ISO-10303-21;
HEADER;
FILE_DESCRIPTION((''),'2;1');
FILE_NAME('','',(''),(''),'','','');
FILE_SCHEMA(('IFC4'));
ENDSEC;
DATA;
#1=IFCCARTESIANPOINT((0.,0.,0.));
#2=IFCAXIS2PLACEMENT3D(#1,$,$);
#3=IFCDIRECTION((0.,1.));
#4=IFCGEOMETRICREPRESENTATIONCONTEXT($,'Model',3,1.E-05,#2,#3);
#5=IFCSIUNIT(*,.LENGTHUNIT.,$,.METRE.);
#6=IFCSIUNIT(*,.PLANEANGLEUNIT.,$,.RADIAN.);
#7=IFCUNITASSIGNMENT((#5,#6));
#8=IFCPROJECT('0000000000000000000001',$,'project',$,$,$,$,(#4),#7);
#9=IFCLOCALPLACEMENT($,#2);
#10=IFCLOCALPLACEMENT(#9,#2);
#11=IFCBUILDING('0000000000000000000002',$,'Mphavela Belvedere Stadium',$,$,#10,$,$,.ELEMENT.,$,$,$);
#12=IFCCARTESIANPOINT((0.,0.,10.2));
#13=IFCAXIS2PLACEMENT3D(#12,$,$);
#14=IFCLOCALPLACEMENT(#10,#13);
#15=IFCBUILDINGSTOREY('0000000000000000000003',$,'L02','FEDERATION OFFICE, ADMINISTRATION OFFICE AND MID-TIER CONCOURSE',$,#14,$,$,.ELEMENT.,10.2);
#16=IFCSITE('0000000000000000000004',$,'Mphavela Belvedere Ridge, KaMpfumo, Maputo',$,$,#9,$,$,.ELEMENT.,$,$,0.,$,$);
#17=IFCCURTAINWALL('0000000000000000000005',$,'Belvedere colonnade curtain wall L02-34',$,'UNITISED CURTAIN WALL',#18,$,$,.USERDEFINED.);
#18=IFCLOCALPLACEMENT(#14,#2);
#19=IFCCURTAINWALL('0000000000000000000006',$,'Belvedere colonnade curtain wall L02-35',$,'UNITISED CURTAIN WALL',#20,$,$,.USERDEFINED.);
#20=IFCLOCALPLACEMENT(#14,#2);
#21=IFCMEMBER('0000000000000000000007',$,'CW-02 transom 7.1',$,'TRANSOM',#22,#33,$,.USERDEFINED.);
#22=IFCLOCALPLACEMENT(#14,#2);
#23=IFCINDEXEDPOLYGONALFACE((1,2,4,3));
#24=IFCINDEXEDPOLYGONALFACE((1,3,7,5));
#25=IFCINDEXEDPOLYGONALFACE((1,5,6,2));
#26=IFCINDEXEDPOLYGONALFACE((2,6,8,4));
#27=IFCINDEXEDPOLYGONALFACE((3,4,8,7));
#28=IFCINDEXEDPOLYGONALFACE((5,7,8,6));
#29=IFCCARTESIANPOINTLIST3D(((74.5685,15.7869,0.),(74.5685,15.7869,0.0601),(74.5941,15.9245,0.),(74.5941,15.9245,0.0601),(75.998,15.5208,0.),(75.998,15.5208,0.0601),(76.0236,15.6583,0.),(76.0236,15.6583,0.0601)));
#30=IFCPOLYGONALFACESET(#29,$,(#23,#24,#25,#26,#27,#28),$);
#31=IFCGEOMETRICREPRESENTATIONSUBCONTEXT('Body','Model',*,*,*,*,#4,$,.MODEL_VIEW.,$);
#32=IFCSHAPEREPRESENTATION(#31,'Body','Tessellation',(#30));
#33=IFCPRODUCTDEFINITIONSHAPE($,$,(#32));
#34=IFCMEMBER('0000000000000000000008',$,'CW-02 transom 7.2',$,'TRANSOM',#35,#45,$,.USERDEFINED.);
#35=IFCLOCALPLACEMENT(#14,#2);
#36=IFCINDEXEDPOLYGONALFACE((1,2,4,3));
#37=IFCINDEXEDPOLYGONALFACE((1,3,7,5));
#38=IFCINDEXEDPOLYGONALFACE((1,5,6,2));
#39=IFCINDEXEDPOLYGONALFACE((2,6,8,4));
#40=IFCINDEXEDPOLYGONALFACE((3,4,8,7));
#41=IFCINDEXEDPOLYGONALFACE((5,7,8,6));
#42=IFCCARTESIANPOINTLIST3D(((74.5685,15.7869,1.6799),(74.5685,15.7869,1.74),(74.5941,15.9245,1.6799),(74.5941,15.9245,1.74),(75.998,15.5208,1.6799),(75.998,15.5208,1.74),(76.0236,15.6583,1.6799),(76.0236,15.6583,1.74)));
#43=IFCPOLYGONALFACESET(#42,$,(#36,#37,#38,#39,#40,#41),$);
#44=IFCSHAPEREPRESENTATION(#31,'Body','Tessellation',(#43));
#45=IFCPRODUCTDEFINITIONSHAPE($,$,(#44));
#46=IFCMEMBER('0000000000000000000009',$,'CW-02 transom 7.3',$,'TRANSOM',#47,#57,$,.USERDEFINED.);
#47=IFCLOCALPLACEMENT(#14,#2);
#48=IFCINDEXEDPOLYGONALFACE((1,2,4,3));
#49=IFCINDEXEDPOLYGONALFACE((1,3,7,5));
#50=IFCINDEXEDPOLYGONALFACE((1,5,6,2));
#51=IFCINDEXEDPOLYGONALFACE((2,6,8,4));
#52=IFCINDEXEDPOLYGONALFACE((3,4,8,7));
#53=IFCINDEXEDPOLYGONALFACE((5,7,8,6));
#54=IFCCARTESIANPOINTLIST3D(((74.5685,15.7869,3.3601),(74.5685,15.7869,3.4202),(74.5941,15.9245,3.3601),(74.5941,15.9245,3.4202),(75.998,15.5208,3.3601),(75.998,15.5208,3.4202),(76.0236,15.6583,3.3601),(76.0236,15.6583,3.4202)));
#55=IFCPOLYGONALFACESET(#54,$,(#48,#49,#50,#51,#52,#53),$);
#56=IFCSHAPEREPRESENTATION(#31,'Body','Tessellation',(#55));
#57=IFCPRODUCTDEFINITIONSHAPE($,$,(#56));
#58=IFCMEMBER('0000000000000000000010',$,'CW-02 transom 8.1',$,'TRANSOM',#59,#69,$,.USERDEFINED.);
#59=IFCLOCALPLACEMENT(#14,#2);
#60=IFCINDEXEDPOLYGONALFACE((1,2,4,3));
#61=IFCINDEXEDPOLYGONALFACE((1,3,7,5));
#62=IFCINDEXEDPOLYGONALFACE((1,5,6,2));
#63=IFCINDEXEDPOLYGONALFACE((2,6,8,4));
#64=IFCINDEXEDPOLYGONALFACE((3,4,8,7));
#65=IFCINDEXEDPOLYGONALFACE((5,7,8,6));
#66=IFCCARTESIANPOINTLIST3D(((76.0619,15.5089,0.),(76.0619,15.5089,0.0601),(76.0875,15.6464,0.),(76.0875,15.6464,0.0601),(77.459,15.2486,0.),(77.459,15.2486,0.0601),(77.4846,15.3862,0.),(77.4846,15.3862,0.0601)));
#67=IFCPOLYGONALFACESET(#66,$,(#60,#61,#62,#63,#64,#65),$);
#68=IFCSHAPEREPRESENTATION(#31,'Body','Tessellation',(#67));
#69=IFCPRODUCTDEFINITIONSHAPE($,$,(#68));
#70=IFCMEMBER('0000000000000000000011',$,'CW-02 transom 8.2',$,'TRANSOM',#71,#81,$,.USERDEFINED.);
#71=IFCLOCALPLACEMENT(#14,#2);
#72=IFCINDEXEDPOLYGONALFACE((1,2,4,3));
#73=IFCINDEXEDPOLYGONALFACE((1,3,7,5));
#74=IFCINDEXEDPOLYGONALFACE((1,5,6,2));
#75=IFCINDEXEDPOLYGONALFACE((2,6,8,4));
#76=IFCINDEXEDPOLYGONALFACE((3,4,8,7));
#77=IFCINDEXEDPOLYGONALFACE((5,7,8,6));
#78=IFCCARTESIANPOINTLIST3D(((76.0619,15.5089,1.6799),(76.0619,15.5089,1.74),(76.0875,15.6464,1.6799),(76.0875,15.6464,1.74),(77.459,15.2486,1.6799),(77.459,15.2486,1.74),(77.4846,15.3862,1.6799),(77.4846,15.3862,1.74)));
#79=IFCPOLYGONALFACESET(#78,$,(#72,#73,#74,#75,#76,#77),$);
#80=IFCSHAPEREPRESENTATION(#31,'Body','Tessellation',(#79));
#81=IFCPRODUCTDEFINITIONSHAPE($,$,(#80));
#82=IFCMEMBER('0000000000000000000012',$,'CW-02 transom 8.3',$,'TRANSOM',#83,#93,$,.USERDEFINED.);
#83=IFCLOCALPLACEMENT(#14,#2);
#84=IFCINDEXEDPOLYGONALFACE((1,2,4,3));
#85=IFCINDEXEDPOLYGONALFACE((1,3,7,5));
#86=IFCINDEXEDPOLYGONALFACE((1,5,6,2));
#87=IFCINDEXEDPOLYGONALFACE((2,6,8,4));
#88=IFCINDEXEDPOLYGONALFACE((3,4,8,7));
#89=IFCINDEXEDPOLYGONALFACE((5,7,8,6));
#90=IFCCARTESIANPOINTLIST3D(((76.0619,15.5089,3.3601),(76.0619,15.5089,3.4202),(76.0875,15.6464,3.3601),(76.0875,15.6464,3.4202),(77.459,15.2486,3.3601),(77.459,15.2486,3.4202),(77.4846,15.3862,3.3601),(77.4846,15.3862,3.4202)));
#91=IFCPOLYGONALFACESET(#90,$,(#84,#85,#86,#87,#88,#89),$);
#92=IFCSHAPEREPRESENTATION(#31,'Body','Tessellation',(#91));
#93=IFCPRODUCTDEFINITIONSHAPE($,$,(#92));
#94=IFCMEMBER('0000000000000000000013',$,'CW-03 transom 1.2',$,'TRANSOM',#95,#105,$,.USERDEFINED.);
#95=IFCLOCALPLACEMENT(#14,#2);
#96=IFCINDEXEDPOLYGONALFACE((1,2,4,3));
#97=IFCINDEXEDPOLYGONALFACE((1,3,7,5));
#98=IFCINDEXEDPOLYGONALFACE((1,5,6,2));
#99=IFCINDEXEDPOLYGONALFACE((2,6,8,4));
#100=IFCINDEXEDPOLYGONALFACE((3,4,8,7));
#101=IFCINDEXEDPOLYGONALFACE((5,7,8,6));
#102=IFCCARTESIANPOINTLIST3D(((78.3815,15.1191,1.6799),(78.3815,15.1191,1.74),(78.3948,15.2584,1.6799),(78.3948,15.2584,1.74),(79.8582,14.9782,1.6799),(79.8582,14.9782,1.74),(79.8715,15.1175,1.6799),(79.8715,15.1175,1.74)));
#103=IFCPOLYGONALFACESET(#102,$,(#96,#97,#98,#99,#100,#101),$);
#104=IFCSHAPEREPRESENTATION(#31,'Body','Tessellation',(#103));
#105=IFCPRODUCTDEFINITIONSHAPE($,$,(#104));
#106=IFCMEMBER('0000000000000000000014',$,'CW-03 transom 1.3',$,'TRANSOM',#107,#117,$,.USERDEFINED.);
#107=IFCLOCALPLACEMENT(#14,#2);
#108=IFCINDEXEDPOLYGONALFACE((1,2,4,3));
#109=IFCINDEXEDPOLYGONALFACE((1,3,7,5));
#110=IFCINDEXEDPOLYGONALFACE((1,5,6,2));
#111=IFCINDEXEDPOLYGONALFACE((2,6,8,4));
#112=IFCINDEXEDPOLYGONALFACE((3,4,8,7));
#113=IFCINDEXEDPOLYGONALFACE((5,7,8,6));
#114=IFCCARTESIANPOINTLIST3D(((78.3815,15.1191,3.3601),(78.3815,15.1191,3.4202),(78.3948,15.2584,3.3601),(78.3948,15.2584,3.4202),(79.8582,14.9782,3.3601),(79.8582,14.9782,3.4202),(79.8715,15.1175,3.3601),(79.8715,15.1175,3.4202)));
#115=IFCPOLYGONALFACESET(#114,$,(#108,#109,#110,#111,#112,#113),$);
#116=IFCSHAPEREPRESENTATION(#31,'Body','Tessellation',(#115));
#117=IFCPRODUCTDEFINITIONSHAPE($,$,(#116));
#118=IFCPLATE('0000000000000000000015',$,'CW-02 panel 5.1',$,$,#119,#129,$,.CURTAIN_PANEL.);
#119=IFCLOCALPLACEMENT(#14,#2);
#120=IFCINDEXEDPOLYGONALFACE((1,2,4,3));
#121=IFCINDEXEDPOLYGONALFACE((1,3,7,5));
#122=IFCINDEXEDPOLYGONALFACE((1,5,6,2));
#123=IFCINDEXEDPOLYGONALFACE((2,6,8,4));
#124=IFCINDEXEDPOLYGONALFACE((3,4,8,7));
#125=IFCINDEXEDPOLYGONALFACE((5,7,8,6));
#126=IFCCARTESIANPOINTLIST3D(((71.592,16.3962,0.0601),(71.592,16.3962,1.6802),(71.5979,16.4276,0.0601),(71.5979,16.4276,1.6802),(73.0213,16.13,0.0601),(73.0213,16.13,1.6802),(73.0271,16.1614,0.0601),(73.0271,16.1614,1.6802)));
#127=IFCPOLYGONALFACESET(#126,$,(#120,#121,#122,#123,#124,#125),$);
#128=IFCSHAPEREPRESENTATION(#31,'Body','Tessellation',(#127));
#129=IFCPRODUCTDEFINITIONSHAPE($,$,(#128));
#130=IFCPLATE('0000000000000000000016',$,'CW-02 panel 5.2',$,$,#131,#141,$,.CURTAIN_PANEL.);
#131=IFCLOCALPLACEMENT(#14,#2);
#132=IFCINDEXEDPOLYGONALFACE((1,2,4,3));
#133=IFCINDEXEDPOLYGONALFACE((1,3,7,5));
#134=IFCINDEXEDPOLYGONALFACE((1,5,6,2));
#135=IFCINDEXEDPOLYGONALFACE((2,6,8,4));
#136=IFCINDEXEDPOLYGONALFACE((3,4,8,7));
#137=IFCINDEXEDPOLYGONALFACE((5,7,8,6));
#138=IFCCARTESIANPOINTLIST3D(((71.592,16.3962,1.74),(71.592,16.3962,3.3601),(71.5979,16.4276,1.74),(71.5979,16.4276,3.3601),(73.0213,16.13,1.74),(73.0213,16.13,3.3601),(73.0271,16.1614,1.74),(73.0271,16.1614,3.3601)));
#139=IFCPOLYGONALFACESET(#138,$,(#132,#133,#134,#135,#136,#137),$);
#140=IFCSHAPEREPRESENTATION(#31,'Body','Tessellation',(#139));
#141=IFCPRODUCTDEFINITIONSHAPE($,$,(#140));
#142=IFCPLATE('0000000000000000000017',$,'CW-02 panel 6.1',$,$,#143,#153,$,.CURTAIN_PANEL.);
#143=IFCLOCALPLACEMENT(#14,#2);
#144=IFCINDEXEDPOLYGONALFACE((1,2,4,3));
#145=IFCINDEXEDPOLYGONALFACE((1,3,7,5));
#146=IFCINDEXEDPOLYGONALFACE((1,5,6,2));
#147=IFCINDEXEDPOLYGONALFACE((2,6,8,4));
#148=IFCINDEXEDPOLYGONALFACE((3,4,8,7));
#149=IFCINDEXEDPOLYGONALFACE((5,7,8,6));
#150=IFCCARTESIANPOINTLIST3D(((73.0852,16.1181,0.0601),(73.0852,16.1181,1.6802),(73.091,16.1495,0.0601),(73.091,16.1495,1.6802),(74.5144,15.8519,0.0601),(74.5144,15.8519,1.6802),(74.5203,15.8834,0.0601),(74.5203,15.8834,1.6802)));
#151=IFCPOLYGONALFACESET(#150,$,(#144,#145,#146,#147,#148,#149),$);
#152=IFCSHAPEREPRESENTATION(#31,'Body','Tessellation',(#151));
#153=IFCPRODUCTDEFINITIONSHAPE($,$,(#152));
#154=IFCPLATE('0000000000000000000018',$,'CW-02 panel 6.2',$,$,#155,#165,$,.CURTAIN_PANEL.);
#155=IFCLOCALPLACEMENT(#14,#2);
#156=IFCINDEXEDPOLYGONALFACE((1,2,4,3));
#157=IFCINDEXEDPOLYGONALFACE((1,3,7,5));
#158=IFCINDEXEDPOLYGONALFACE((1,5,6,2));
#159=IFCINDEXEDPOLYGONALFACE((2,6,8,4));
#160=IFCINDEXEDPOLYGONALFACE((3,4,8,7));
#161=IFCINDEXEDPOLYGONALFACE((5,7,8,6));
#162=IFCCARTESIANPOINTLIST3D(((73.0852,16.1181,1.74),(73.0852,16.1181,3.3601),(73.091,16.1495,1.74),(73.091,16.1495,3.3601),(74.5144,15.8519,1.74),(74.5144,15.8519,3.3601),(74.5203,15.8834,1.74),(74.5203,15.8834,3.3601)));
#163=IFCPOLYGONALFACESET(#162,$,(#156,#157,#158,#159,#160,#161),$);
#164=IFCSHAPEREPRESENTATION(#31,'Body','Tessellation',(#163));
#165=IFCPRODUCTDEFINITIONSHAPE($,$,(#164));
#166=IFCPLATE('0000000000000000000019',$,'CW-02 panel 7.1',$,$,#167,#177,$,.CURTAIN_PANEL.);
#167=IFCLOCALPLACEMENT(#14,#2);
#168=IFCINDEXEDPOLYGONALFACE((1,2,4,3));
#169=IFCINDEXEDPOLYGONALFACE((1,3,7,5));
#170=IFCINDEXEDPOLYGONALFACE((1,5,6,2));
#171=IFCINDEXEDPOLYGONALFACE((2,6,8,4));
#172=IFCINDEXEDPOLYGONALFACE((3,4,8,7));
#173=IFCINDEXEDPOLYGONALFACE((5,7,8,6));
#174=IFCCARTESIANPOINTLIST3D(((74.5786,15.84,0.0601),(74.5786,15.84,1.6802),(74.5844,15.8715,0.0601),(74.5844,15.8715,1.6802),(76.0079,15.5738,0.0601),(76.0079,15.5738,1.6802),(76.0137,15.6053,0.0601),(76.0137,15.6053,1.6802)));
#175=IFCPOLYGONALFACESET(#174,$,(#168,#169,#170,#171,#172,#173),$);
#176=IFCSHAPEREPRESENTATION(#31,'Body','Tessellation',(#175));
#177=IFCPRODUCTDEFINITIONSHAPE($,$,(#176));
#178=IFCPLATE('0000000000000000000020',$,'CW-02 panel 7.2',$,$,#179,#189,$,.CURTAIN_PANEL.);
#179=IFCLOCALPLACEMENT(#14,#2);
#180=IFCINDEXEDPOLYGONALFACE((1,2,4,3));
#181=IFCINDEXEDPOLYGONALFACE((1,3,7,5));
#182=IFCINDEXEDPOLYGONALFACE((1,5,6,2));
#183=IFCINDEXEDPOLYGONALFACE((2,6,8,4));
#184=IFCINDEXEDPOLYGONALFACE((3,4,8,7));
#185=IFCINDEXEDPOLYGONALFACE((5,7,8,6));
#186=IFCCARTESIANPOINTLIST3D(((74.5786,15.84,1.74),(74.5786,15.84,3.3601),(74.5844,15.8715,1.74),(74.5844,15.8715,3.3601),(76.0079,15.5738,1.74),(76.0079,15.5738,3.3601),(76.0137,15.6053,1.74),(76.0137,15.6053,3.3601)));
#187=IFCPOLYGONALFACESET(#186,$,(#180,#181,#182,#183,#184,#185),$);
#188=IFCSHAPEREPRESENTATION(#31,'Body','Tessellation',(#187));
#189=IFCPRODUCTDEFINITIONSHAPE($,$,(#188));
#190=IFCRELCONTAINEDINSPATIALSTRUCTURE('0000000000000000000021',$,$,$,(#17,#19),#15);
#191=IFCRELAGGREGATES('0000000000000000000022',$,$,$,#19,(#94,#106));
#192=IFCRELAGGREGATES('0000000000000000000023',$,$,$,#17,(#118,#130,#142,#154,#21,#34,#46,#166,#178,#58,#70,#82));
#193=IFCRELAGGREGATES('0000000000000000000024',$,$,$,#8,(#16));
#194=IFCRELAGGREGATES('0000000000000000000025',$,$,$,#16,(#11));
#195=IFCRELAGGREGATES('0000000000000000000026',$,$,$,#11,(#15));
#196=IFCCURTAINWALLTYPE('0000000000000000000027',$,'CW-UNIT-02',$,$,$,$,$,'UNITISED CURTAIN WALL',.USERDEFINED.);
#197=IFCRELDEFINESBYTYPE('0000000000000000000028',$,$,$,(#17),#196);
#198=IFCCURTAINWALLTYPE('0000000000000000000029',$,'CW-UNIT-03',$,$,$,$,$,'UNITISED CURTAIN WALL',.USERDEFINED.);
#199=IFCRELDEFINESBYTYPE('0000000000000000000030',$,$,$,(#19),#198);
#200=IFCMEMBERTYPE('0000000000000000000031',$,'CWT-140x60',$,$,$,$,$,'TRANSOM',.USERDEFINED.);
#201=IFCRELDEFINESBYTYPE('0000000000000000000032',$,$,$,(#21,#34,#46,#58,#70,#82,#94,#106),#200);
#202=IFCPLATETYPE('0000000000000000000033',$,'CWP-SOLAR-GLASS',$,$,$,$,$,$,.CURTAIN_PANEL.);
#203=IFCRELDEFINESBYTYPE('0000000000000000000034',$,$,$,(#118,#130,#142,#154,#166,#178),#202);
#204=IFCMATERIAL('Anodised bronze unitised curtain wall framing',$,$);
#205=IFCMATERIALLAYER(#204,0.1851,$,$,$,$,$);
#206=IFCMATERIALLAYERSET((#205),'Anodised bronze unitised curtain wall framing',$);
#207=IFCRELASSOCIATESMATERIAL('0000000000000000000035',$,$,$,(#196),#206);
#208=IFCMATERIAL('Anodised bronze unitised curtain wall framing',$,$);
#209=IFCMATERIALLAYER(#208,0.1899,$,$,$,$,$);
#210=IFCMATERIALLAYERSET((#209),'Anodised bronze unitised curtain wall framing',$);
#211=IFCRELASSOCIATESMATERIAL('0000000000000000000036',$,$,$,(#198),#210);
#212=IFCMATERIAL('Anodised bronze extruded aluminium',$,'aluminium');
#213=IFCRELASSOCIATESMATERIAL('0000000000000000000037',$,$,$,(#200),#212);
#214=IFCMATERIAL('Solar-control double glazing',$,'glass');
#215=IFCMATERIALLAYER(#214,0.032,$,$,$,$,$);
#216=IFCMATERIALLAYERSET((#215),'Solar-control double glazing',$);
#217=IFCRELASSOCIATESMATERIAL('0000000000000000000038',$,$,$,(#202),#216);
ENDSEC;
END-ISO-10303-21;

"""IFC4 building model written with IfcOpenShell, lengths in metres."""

from ifc_helpers import new_model, si_unit, direction, frame, origin, origin_2d, place, context, subcontext, project, spatial, rectangle, extrude, material, layer, layer_set, material_profile, profile_set, type_object, element, aggregate, save


model = new_model("IFC4")

# Units and contexts
model_context = context("Model", 3, precision=1e-05, world=origin(), true_north=direction((0.0, 1.0)))
body_context = subcontext(model_context, "Body", "Model", "MODEL_VIEW")
ifc_project = project(units=[si_unit("LENGTHUNIT", "METRE"), si_unit("PLANEANGLEUNIT", "RADIAN")], contexts=[model_context])

# Site, building, storey
site_placement = place(None, origin())
site = spatial("IfcSite", under=ifc_project, at=site_placement, Name="Mphavela Belvedere Ridge, KaMpfumo, Maputo", CompositionType="ELEMENT", RefElevation=0.0)
building_placement = place(site_placement, origin())
building = spatial("IfcBuilding", under=site, at=building_placement, Name="Mphavela Belvedere Stadium", CompositionType="ELEMENT")
storey_placement = place(building_placement, frame((0.0, 0.0, 10.2)))
storey = spatial("IfcBuildingStorey", under=building, at=storey_placement, Name="L02", Description="FEDERATION OFFICE, ADMINISTRATION OFFICE AND MID-TIER CONCOURSE", CompositionType="ELEMENT", Elevation=10.2)

# Curtain wall
ifc_material_1 = material(Name="Anodised bronze unitised curtain wall framing")
ifc_layer_1 = layer(ifc_material_1, 0.1851)
ifc_layer_set_1 = layer_set([ifc_layer_1], Name="Anodised bronze unitised curtain wall framing")
curtain_wall_type_1 = type_object("IfcCurtainWallType", Name="CW-UNIT-02", ElementType="UNITISED CURTAIN WALL", PredefinedType="USERDEFINED", material=ifc_layer_set_1)
curtain_wall_1_placement = place(storey_placement, origin())
curtain_wall_1 = element("IfcCurtainWall", 1, at=curtain_wall_1_placement, inside=storey, type_object=curtain_wall_type_1, Name="Belvedere colonnade curtain wall L02-34", ObjectType="UNITISED CURTAIN WALL", PredefinedType="USERDEFINED")

# Curtain wall
ifc_material_2 = material(Name="Anodised bronze unitised curtain wall framing")
ifc_layer_2 = layer(ifc_material_2, 0.1899)
ifc_layer_set_2 = layer_set([ifc_layer_2], Name="Anodised bronze unitised curtain wall framing")
curtain_wall_type_2 = type_object("IfcCurtainWallType", Name="CW-UNIT-03", ElementType="UNITISED CURTAIN WALL", PredefinedType="USERDEFINED", material=ifc_layer_set_2)
curtain_wall_2_placement = place(storey_placement, origin())
curtain_wall_2 = element("IfcCurtainWall", 2, at=curtain_wall_2_placement, inside=storey, type_object=curtain_wall_type_2, Name="Belvedere colonnade curtain wall L02-35", ObjectType="UNITISED CURTAIN WALL", PredefinedType="USERDEFINED")

# Members
ifc_material_3 = material(Name="Anodised bronze extruded aluminium", Category="aluminium")
ifc_material_profile_1 = material_profile(ifc_material_3, rectangle(XDim=0.1399, YDim=0.0601, at=origin_2d()), Name="CW-TRN 140x60")
ifc_profile_set_1 = profile_set([ifc_material_profile_1], Name="Anodised bronze extruded aluminium")
member_type_1 = type_object("IfcMemberType", Name="CWT-140x60", ElementType="TRANSOM", PredefinedType="USERDEFINED", material=ifc_profile_set_1)
member_1_placement = place(storey_placement, frame((74.5813, 15.8557, 0.03), z_axis=(0.983109, -0.183021, 0.0), x_axis=(0.183021, 0.983109, 0.0)))
member_1 = element("IfcMember", 3, at=member_1_placement, type_object=member_type_1, Name="CW-02 transom 7.1", ObjectType="TRANSOM", PredefinedType="USERDEFINED", context=body_context, shape_type="SweptSolid", body=[
    extrude(rectangle(XDim=0.1399, YDim=0.0601, at=origin_2d()), origin(), (0.0, 0.0, 1.0), 1.4541),
])
member_2_placement = place(storey_placement, frame((74.5813, 15.8557, 1.71), z_axis=(0.983109, -0.183021, 0.0), x_axis=(0.183021, 0.983109, 0.0)))
member_2 = element("IfcMember", 4, at=member_2_placement, type_object=member_type_1, Name="CW-02 transom 7.2", ObjectType="TRANSOM", PredefinedType="USERDEFINED", context=body_context, shape_type="SweptSolid", body=[
    extrude(rectangle(XDim=0.1399, YDim=0.0601, at=origin_2d()), origin(), (0.0, 0.0, 1.0), 1.4541),
])
member_3_placement = place(storey_placement, frame((74.5813, 15.8557, 3.3901), z_axis=(0.983109, -0.183021, 0.0), x_axis=(0.183021, 0.983109, 0.0)))
member_3 = element("IfcMember", 5, at=member_3_placement, type_object=member_type_1, Name="CW-02 transom 7.3", ObjectType="TRANSOM", PredefinedType="USERDEFINED", context=body_context, shape_type="SweptSolid", body=[
    extrude(rectangle(XDim=0.1399, YDim=0.0601, at=origin_2d()), origin(), (0.0, 0.0, 1.0), 1.4541),
])
member_4_placement = place(storey_placement, frame((76.0747, 15.5776, 0.03), z_axis=(0.983091, -0.183116, 0.0), x_axis=(0.183116, 0.983091, 0.0)))
member_4 = element("IfcMember", 6, at=member_4_placement, type_object=member_type_1, Name="CW-02 transom 8.1", ObjectType="TRANSOM", PredefinedType="USERDEFINED", context=body_context, shape_type="SweptSolid", body=[
    extrude(rectangle(XDim=0.1399, YDim=0.0601, at=origin_2d()), origin(), (0.0, 0.0, 1.0), 1.4211),
])
member_5_placement = place(storey_placement, frame((76.0747, 15.5776, 1.71), z_axis=(0.983091, -0.183116, 0.0), x_axis=(0.183116, 0.983091, 0.0)))
member_5 = element("IfcMember", 7, at=member_5_placement, type_object=member_type_1, Name="CW-02 transom 8.2", ObjectType="TRANSOM", PredefinedType="USERDEFINED", context=body_context, shape_type="SweptSolid", body=[
    extrude(rectangle(XDim=0.1399, YDim=0.0601, at=origin_2d()), origin(), (0.0, 0.0, 1.0), 1.4211),
])
member_6_placement = place(storey_placement, frame((76.0747, 15.5776, 3.3901), z_axis=(0.983091, -0.183116, 0.0), x_axis=(0.183116, 0.983091, 0.0)))
member_6 = element("IfcMember", 8, at=member_6_placement, type_object=member_type_1, Name="CW-02 transom 8.3", ObjectType="TRANSOM", PredefinedType="USERDEFINED", context=body_context, shape_type="SweptSolid", body=[
    extrude(rectangle(XDim=0.1399, YDim=0.0601, at=origin_2d()), origin(), (0.0, 0.0, 1.0), 1.4211),
])
member_7_placement = place(storey_placement, frame((78.3882, 15.1887, 1.71), z_axis=(0.995481, -0.094957, 0.0), x_axis=(0.094957, 0.995481, 0.0)))
member_7 = element("IfcMember", 9, at=member_7_placement, type_object=member_type_1, Name="CW-03 transom 1.2", ObjectType="TRANSOM", PredefinedType="USERDEFINED", context=body_context, shape_type="SweptSolid", body=[
    extrude(rectangle(XDim=0.1399, YDim=0.0601, at=origin_2d()), origin(), (0.0, 0.0, 1.0), 1.4834),
])
member_8_placement = place(storey_placement, frame((78.3882, 15.1887, 3.3901), z_axis=(0.995481, -0.094957, 0.0), x_axis=(0.094957, 0.995481, 0.0)))
member_8 = element("IfcMember", 10, at=member_8_placement, type_object=member_type_1, Name="CW-03 transom 1.3", ObjectType="TRANSOM", PredefinedType="USERDEFINED", context=body_context, shape_type="SweptSolid", body=[
    extrude(rectangle(XDim=0.1399, YDim=0.0601, at=origin_2d()), origin(), (0.0, 0.0, 1.0), 1.4834),
])
aggregate(curtain_wall_2, [member_7, member_8])

# Plates
ifc_material_4 = material(Name="Solar-control double glazing", Category="glass")
ifc_layer_3 = layer(ifc_material_4, 0.032)
ifc_layer_set_3 = layer_set([ifc_layer_3], Name="Solar-control double glazing")
plate_type = type_object("IfcPlateType", Name="CWP-SOLAR-GLASS", PredefinedType="CURTAIN_PANEL", material=ifc_layer_set_3)
plate_1_placement = place(storey_placement, frame((72.3096, 16.2788, 0.0601), z_axis=(0.0, 0.0, 1.0), x_axis=(0.983097, -0.183085, 0.0)))
plate_1 = element("IfcPlate", 11, at=plate_1_placement, type_object=plate_type, Name="CW-02 panel 5.1", PredefinedType="CURTAIN_PANEL", context=body_context, shape_type="SweptSolid", body=[
    extrude(rectangle(XDim=1.4539, YDim=0.032, at=origin_2d()), origin(), (0.0, 0.0, 1.0), 1.6201),
])
plate_2_placement = place(storey_placement, frame((72.3096, 16.2788, 1.74), z_axis=(0.0, 0.0, 1.0), x_axis=(0.983097, -0.183085, 0.0)))
plate_2 = element("IfcPlate", 12, at=plate_2_placement, type_object=plate_type, Name="CW-02 panel 5.2", PredefinedType="CURTAIN_PANEL", context=body_context, shape_type="SweptSolid", body=[
    extrude(rectangle(XDim=1.4539, YDim=0.032, at=origin_2d()), origin(), (0.0, 0.0, 1.0), 1.6201),
])
plate_3_placement = place(storey_placement, frame((73.8027, 16.0007, 0.0601), z_axis=(0.0, 0.0, 1.0), x_axis=(0.983097, -0.183085, 0.0)))
plate_3 = element("IfcPlate", 13, at=plate_3_placement, type_object=plate_type, Name="CW-02 panel 6.1", PredefinedType="CURTAIN_PANEL", context=body_context, shape_type="SweptSolid", body=[
    extrude(rectangle(XDim=1.4539, YDim=0.032, at=origin_2d()), origin(), (0.0, 0.0, 1.0), 1.6201),
])
plate_4_placement = place(storey_placement, frame((73.8027, 16.0007, 1.74), z_axis=(0.0, 0.0, 1.0), x_axis=(0.983097, -0.183085, 0.0)))
plate_4 = element("IfcPlate", 14, at=plate_4_placement, type_object=plate_type, Name="CW-02 panel 6.2", PredefinedType="CURTAIN_PANEL", context=body_context, shape_type="SweptSolid", body=[
    extrude(rectangle(XDim=1.4539, YDim=0.032, at=origin_2d()), origin(), (0.0, 0.0, 1.0), 1.6201),
])
plate_5_placement = place(storey_placement, frame((75.2961, 15.7227, 0.0601), z_axis=(0.0, 0.0, 1.0), x_axis=(0.983097, -0.183085, 0.0)))
plate_5 = element("IfcPlate", 15, at=plate_5_placement, type_object=plate_type, Name="CW-02 panel 7.1", PredefinedType="CURTAIN_PANEL", context=body_context, shape_type="SweptSolid", body=[
    extrude(rectangle(XDim=1.4539, YDim=0.032, at=origin_2d()), origin(), (0.0, 0.0, 1.0), 1.6201),
])
plate_6_placement = place(storey_placement, frame((75.2961, 15.7227, 1.74), z_axis=(0.0, 0.0, 1.0), x_axis=(0.983097, -0.183085, 0.0)))
plate_6 = element("IfcPlate", 16, at=plate_6_placement, type_object=plate_type, Name="CW-02 panel 7.2", PredefinedType="CURTAIN_PANEL", context=body_context, shape_type="SweptSolid", body=[
    extrude(rectangle(XDim=1.4539, YDim=0.032, at=origin_2d()), origin(), (0.0, 0.0, 1.0), 1.6201),
])
aggregate(curtain_wall_1, [plate_1, plate_2, plate_3, plate_4, member_1, member_2, member_3, plate_5, plate_6, member_4, member_5, member_6])

save(model, "model.ifc")
